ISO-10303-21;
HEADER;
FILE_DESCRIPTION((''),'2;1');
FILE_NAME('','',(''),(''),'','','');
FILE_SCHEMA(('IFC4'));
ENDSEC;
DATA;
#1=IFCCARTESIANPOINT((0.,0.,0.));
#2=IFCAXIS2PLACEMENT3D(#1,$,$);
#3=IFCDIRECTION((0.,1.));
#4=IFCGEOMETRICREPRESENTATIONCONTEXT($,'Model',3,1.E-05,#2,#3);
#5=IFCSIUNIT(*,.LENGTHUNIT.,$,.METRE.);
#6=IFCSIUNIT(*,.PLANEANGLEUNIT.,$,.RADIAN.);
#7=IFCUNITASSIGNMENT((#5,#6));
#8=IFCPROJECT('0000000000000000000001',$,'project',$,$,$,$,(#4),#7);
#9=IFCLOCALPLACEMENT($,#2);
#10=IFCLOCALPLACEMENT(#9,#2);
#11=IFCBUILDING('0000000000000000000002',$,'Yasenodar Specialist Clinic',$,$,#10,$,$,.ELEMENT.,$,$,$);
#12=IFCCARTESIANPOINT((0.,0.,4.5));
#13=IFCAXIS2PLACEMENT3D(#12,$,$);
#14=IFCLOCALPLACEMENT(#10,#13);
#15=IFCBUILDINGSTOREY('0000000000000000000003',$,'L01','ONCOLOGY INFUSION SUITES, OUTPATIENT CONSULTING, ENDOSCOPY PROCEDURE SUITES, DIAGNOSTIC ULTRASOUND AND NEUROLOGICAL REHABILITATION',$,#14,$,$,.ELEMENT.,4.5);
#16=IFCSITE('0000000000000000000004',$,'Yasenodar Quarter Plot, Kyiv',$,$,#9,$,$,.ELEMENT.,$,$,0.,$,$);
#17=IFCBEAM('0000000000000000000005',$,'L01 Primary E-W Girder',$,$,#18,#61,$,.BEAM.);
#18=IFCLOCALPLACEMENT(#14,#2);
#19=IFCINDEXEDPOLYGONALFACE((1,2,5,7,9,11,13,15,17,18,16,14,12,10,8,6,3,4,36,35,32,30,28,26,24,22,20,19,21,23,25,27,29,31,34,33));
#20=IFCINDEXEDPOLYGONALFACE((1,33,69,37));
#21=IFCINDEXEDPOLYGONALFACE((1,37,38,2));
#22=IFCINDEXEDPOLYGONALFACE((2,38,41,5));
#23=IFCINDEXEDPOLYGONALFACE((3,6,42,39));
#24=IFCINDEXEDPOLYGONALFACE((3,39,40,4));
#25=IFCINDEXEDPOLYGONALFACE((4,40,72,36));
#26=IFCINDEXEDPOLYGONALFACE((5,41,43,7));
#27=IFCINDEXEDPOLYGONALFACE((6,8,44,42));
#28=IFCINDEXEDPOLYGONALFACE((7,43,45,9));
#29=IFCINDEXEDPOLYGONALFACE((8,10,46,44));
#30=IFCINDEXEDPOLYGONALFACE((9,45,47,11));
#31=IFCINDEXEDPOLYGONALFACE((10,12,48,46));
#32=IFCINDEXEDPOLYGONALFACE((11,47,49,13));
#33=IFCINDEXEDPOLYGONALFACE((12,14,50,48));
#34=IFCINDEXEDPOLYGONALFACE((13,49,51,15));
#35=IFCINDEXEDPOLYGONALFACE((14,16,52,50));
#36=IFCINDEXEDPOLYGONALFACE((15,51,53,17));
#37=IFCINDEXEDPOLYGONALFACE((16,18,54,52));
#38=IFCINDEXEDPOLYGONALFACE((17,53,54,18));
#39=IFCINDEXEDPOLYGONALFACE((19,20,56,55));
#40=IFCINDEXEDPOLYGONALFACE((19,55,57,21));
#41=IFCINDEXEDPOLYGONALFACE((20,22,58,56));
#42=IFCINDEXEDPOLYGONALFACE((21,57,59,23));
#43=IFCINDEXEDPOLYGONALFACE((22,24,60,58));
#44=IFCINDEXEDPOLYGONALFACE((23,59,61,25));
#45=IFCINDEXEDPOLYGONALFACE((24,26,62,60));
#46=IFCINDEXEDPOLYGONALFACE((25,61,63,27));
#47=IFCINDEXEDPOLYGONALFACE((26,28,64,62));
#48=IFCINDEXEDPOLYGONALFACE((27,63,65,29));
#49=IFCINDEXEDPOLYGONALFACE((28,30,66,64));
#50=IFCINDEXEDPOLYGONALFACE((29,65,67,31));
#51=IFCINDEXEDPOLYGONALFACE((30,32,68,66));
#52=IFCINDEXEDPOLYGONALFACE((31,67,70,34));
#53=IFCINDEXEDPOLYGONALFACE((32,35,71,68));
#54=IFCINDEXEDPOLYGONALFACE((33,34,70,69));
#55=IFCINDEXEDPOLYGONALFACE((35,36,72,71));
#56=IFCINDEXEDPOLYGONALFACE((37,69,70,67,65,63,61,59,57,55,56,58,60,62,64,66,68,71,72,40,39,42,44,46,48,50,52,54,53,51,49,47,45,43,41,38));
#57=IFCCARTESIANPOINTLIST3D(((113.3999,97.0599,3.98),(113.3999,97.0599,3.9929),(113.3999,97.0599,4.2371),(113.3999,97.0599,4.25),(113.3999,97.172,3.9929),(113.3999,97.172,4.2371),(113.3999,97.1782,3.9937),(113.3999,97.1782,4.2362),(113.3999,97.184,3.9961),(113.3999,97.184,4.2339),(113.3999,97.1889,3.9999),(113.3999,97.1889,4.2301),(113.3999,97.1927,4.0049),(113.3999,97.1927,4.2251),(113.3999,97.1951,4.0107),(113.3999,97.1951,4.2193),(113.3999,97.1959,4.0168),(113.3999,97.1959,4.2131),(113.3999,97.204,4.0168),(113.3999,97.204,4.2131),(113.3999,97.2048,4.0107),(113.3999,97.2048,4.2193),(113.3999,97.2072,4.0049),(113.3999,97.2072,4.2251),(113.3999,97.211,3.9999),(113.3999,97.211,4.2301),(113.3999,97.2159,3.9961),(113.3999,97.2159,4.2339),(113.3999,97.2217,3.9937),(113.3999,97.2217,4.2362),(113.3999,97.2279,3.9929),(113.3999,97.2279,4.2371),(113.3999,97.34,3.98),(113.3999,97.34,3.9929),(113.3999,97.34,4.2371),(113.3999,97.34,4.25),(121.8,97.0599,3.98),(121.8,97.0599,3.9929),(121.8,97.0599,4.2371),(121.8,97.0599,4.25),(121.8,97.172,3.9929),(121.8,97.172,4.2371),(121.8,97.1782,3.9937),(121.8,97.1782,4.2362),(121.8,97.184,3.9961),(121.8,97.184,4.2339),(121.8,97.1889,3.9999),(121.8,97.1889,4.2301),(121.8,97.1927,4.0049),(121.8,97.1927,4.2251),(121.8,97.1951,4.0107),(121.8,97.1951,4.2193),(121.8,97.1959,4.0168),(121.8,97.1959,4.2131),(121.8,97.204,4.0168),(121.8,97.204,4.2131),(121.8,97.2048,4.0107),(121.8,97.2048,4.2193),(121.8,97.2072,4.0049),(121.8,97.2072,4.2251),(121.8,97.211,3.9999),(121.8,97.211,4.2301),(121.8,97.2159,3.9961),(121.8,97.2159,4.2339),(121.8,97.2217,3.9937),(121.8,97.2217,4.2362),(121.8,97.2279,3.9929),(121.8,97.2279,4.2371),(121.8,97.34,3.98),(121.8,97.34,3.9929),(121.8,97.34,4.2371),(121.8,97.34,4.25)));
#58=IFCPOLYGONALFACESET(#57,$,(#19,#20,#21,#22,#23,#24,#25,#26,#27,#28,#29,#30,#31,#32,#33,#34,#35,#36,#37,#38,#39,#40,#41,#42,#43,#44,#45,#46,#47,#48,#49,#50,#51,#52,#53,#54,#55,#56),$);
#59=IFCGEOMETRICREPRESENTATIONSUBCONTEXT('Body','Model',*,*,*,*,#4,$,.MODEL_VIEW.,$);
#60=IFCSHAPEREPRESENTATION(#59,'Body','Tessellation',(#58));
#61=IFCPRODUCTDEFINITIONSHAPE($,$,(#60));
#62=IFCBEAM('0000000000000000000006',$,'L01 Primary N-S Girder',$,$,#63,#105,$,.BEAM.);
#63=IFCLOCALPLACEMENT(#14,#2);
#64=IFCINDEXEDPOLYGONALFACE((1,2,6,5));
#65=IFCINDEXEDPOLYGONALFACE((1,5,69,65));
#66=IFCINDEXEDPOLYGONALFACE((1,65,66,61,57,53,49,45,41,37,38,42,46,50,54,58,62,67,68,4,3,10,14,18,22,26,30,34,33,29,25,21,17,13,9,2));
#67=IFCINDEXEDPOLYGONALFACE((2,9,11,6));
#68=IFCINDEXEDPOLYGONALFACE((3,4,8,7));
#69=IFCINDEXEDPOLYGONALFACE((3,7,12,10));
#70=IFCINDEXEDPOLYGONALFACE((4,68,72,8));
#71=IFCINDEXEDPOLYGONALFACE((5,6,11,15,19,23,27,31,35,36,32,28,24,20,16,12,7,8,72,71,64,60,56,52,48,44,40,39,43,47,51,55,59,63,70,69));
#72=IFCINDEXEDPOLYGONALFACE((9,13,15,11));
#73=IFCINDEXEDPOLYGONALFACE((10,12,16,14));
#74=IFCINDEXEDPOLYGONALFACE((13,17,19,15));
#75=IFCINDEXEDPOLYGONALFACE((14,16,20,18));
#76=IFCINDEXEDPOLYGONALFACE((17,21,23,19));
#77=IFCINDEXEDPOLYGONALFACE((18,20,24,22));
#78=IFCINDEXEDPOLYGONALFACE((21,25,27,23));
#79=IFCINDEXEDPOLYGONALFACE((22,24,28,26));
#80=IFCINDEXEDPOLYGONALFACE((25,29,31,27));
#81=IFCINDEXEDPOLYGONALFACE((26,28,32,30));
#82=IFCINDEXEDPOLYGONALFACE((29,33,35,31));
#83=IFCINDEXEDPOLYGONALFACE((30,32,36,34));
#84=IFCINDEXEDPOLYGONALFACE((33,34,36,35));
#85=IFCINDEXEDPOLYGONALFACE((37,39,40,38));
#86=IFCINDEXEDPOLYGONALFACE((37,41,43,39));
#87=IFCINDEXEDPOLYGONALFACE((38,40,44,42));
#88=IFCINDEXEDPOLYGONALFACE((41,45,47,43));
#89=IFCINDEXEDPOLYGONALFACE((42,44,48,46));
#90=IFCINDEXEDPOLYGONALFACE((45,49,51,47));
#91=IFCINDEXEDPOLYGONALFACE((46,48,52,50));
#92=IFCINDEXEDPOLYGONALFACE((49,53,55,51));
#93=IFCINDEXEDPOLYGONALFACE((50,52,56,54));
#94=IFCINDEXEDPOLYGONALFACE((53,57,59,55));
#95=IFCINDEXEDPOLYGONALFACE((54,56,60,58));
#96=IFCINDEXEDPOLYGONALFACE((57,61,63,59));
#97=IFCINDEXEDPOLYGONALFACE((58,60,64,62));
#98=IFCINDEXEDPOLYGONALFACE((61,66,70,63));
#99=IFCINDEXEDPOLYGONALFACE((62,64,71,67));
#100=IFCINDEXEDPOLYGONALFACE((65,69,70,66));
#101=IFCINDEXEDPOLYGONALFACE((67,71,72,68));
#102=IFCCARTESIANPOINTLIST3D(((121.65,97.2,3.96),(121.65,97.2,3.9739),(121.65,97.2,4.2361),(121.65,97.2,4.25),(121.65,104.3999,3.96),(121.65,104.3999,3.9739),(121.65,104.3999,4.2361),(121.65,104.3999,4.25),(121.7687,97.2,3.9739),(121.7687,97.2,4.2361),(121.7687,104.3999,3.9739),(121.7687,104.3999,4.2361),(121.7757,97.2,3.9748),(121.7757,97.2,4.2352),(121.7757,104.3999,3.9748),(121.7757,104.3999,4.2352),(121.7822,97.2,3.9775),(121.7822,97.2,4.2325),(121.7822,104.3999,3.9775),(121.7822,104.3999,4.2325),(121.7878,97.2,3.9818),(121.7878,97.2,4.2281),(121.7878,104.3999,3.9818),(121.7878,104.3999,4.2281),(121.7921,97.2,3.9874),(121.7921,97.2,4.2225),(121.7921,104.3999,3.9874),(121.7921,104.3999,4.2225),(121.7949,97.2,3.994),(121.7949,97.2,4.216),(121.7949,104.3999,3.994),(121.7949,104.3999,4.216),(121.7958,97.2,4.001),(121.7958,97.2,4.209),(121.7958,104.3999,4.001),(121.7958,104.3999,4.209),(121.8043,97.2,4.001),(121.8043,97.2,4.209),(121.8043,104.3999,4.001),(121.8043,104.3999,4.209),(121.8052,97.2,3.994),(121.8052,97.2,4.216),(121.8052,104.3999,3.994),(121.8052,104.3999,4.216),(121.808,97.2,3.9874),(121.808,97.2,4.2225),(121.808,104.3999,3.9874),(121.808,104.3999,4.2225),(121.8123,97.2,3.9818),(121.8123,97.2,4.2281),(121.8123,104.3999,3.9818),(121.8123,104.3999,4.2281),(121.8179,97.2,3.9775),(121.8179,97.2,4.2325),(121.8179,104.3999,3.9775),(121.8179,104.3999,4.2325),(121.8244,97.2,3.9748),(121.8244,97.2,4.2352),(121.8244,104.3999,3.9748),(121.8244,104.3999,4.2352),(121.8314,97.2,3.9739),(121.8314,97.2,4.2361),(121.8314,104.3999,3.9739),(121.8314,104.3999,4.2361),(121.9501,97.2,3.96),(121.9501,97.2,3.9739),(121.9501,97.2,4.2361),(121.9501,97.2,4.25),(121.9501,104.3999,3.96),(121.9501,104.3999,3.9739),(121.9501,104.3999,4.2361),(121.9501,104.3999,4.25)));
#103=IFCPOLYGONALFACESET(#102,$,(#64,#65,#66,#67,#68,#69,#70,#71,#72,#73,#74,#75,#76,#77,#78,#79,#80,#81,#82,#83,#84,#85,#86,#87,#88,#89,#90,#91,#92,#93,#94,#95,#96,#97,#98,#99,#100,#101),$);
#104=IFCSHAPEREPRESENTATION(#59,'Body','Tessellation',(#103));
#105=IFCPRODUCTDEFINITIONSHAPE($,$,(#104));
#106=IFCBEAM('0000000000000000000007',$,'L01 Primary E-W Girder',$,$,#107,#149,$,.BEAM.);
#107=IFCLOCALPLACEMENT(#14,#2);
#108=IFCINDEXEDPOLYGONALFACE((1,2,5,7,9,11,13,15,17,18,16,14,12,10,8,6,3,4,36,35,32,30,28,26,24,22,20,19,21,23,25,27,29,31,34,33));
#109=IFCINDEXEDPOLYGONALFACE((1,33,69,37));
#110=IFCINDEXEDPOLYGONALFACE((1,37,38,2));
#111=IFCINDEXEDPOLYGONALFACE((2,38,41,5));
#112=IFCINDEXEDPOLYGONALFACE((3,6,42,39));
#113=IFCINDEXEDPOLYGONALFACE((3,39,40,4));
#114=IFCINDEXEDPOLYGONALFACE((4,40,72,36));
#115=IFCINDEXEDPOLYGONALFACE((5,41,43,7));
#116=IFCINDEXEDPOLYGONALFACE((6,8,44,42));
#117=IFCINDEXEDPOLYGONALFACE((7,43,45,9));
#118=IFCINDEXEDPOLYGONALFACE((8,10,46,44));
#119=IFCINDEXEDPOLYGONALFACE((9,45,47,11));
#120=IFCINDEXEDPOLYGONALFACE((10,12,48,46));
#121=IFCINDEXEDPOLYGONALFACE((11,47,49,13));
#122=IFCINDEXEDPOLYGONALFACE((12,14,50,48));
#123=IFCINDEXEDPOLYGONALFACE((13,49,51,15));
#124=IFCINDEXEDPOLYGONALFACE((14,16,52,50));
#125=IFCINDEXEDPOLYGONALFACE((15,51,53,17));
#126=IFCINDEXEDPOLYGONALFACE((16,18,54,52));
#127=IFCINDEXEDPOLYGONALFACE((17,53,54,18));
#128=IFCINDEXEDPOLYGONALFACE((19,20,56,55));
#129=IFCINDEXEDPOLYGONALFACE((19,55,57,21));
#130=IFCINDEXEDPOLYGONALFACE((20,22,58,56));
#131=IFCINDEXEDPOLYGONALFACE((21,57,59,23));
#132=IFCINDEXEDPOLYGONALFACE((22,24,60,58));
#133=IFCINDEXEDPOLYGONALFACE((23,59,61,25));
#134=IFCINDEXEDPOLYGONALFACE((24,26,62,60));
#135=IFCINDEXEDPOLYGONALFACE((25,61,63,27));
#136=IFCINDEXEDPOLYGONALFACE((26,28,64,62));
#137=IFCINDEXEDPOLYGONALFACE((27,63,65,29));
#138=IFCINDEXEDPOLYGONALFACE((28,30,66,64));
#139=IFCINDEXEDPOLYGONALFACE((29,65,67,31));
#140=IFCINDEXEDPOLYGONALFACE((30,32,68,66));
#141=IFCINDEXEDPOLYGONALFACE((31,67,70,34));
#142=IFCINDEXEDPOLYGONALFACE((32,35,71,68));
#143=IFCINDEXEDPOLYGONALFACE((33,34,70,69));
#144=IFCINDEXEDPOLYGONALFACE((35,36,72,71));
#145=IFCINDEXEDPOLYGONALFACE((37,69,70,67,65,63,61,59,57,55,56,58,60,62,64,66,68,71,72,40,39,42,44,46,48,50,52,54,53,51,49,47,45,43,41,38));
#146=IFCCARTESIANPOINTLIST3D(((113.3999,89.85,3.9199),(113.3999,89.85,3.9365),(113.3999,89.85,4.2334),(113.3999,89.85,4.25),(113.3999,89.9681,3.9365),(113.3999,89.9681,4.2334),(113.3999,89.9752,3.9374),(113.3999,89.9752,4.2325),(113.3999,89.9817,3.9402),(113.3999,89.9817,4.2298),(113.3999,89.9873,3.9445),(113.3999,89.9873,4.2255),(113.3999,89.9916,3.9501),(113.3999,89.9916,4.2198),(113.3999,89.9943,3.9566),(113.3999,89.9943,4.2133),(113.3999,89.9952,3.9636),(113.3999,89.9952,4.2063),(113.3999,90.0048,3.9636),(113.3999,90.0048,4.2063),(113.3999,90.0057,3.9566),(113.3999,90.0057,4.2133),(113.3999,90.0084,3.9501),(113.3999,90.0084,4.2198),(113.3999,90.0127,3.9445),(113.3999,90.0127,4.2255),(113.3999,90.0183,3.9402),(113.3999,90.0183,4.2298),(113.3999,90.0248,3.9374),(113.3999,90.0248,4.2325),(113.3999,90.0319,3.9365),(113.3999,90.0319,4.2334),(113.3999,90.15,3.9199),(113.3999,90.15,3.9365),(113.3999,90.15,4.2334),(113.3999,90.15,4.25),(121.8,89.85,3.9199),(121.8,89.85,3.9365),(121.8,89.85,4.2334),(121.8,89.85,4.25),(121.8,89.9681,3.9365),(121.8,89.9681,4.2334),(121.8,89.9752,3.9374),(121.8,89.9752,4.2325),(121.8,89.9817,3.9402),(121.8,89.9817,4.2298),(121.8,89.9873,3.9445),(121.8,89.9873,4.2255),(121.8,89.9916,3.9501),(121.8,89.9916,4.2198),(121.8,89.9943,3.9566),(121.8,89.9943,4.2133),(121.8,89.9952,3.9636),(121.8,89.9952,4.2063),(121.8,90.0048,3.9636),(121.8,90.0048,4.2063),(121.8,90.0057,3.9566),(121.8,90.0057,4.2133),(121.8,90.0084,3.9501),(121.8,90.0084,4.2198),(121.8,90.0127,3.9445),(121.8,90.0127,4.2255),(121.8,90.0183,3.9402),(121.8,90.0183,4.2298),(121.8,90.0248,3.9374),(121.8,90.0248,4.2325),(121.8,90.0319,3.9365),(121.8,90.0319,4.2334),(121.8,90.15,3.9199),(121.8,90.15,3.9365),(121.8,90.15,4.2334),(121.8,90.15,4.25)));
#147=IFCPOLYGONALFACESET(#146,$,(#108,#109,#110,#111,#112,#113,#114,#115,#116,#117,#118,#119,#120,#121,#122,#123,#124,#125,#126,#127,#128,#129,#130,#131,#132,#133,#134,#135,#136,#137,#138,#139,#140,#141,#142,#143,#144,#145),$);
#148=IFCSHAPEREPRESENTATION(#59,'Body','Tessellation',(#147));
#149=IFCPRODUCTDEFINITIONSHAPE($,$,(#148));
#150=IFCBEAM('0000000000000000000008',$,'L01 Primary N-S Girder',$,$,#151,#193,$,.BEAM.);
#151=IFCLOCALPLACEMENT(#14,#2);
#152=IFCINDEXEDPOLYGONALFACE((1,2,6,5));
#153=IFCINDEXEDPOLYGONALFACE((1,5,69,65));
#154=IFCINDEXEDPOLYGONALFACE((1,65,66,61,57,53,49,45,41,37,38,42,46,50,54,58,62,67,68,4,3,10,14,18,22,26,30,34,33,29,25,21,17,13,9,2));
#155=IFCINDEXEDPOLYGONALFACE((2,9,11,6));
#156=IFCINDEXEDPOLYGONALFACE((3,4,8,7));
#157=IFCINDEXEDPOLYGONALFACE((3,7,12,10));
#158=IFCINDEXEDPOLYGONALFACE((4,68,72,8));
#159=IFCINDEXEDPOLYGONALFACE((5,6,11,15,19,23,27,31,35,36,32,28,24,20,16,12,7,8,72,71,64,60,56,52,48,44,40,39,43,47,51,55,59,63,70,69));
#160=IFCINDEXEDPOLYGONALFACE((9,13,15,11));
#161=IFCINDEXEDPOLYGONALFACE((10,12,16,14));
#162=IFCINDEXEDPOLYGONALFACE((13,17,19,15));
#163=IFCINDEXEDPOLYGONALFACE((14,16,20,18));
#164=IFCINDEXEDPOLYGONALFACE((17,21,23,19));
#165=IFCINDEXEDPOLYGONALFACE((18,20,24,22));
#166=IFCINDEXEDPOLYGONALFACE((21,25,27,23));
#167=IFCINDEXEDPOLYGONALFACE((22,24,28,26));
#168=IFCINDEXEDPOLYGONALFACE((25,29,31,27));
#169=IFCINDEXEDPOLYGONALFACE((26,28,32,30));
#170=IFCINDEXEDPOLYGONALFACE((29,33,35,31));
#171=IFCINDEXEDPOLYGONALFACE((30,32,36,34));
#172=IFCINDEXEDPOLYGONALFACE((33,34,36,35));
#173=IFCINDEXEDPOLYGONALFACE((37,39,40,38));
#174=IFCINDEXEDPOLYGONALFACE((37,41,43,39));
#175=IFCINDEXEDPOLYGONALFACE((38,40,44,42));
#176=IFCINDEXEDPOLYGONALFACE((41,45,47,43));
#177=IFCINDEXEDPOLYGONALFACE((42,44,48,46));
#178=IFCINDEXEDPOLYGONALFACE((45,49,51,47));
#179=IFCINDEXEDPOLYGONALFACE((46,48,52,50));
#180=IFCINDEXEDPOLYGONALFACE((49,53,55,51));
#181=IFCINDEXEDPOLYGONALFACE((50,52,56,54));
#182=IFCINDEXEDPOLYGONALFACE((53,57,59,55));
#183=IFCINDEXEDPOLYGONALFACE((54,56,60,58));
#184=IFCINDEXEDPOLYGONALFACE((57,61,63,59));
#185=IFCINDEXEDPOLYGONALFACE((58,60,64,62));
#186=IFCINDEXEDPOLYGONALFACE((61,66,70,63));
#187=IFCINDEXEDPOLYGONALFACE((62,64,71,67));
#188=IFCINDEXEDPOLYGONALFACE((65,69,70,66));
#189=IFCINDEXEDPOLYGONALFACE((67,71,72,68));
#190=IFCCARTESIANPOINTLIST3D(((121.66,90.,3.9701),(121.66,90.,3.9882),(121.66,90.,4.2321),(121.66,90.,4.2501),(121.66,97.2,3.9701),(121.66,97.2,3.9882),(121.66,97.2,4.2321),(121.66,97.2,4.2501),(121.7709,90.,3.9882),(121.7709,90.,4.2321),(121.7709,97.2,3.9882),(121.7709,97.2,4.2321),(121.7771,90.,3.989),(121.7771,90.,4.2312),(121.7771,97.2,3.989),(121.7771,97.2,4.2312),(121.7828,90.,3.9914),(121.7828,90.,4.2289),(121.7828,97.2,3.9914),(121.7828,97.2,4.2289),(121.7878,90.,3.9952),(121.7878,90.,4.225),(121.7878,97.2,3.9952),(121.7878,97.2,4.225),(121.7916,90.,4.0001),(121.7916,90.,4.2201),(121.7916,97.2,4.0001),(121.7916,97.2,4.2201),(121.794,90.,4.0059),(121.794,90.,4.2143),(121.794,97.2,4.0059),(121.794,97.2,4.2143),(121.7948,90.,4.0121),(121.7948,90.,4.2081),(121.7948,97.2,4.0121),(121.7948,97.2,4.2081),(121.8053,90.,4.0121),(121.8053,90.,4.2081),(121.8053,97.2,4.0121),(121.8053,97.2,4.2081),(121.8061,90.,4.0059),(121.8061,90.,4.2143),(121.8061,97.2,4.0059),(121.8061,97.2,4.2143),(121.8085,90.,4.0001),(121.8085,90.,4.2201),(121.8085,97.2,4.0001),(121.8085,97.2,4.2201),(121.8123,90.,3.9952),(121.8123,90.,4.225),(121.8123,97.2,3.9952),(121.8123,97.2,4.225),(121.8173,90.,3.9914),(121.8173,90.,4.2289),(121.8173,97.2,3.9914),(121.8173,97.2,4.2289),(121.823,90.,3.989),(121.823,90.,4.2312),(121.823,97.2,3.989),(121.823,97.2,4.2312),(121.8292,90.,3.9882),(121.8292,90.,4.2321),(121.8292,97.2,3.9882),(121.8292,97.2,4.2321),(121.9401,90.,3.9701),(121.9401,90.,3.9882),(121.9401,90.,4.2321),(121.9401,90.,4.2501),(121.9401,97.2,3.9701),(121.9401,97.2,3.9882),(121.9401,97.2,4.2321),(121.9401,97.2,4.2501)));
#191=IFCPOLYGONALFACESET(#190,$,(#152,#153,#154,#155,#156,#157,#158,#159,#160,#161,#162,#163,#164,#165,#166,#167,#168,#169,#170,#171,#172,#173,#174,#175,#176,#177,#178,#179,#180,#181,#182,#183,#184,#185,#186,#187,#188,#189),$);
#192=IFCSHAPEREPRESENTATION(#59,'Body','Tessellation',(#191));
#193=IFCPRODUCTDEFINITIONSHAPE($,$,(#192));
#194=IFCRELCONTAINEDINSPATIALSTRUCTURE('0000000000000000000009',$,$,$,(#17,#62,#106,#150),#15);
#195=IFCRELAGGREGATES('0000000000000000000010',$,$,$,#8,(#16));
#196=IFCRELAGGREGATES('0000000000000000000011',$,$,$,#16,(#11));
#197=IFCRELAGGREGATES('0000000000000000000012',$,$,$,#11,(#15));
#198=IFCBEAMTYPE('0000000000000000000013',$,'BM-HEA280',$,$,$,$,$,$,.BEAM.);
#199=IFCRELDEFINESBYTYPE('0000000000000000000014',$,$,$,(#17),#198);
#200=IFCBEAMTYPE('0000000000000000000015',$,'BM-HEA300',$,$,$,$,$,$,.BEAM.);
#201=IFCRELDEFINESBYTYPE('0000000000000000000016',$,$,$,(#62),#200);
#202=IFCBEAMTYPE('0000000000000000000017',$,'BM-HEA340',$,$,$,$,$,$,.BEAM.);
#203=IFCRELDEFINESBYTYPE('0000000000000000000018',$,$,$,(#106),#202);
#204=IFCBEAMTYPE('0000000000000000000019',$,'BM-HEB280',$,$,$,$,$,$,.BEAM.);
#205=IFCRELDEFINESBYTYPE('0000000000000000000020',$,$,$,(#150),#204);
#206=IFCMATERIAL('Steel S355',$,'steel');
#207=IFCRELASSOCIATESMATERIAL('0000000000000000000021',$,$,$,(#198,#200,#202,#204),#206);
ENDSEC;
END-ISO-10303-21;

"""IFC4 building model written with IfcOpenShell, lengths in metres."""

from ifc_helpers import new_model, si_unit, direction, frame, origin, origin_2d, place, context, subcontext, project, spatial, i_section, extrude, material, material_profile, profile_set, type_object, element, save


model = new_model("IFC4")

# Units and contexts
model_context = context("Model", 3, precision=1e-05, world=origin(), true_north=direction((0.0, 1.0)))
body_context = subcontext(model_context, "Body", "Model", "MODEL_VIEW")
ifc_project = project(units=[si_unit("LENGTHUNIT", "METRE"), si_unit("PLANEANGLEUNIT", "RADIAN")], contexts=[model_context])

# Site, building, storey
site_placement = place(None, origin())
site = spatial("IfcSite", under=ifc_project, at=site_placement, Name="Yasenodar Quarter Plot, Kyiv", CompositionType="ELEMENT", RefElevation=0.0)
building_placement = place(site_placement, origin())
building = spatial("IfcBuilding", under=site, at=building_placement, Name="Yasenodar Specialist Clinic", CompositionType="ELEMENT")
storey_placement = place(building_placement, frame((0.0, 0.0, 4.5)))
storey = spatial("IfcBuildingStorey", under=building, at=storey_placement, Name="L01", Description="ONCOLOGY INFUSION SUITES, OUTPATIENT CONSULTING, ENDOSCOPY PROCEDURE SUITES, DIAGNOSTIC ULTRASOUND AND NEUROLOGICAL REHABILITATION", CompositionType="ELEMENT", Elevation=4.5)

# Shared definitions
ifc_material_1 = material(Name="Steel S355", Category="steel")

# Beams
ifc_material_profile_1 = material_profile(ifc_material_1, i_section(OverallWidth=0.28, OverallDepth=0.27, WebThickness=0.0081, FlangeThickness=0.0129, FilletRadius=0.0239, at=origin_2d()), Name="HEA 280")
ifc_profile_set_1 = profile_set([ifc_material_profile_1], Name="Steel S355")
beam_type_1 = type_object("IfcBeamType", Name="BM-HEA280", PredefinedType="BEAM", material=ifc_profile_set_1)
beam_1_placement = place(storey_placement, frame((113.3999, 97.2, 4.115), z_axis=(1.0, 0.0, 0.0), x_axis=(0.0, 1.0, 0.0)))
element("IfcBeam", 1, at=beam_1_placement, inside=storey, type_object=beam_type_1, Name="L01 Primary E-W Girder", PredefinedType="BEAM", context=body_context, shape_type="SweptSolid", body=[
    extrude(i_section(OverallWidth=0.28, OverallDepth=0.27, WebThickness=0.0081, FlangeThickness=0.0129, FilletRadius=0.0239, at=origin_2d()), origin(), (0.0, 0.0, 1.0), 8.4001),
])
ifc_material_profile_2 = material_profile(ifc_material_1, i_section(OverallWidth=0.3, OverallDepth=0.29, WebThickness=0.0085, FlangeThickness=0.0139, FilletRadius=0.0271, at=origin_2d()), Name="HEA 300")
ifc_profile_set_2 = profile_set([ifc_material_profile_2], Name="Steel S355")
beam_type_2 = type_object("IfcBeamType", Name="BM-HEA300", PredefinedType="BEAM", material=ifc_profile_set_2)
beam_2_placement = place(storey_placement, frame((121.8, 97.2, 4.105), z_axis=(0.0, 1.0, 0.0), x_axis=(-1.0, 0.0, 0.0)))
element("IfcBeam", 2, at=beam_2_placement, inside=storey, type_object=beam_type_2, Name="L01 Primary N-S Girder", PredefinedType="BEAM", context=body_context, shape_type="SweptSolid", body=[
    extrude(i_section(OverallWidth=0.3, OverallDepth=0.29, WebThickness=0.0085, FlangeThickness=0.0139, FilletRadius=0.0271, at=origin_2d()), origin(), (0.0, 0.0, 1.0), 7.2),
])
ifc_material_profile_3 = material_profile(ifc_material_1, i_section(OverallWidth=0.3, OverallDepth=0.3301, WebThickness=0.0095, FlangeThickness=0.0166, FilletRadius=0.0271, at=origin_2d()), Name="HEA 340")
ifc_profile_set_3 = profile_set([ifc_material_profile_3], Name="Steel S355")
beam_type_3 = type_object("IfcBeamType", Name="BM-HEA340", PredefinedType="BEAM", material=ifc_profile_set_3)
beam_3_placement = place(storey_placement, frame((113.3999, 90.0, 4.085), z_axis=(1.0, 0.0, 0.0), x_axis=(0.0, 1.0, 0.0)))
element("IfcBeam", 3, at=beam_3_placement, inside=storey, type_object=beam_type_3, Name="L01 Primary E-W Girder", PredefinedType="BEAM", context=body_context, shape_type="SweptSolid", body=[
    extrude(i_section(OverallWidth=0.3, OverallDepth=0.3301, WebThickness=0.0095, FlangeThickness=0.0166, FilletRadius=0.0271, at=origin_2d()), origin(), (0.0, 0.0, 1.0), 8.4001),
])
ifc_material_profile_4 = material_profile(ifc_material_1, i_section(OverallWidth=0.28, OverallDepth=0.28, WebThickness=0.0105, FlangeThickness=0.0181, FilletRadius=0.0239, at=origin_2d()), Name="HEB 280")
ifc_profile_set_4 = profile_set([ifc_material_profile_4], Name="Steel S355")
beam_type_4 = type_object("IfcBeamType", Name="BM-HEB280", PredefinedType="BEAM", material=ifc_profile_set_4)
beam_4_placement = place(storey_placement, frame((121.8, 90.0, 4.1101), z_axis=(0.0, 1.0, 0.0), x_axis=(-1.0, 0.0, 0.0)))
element("IfcBeam", 4, at=beam_4_placement, inside=storey, type_object=beam_type_4, Name="L01 Primary N-S Girder", PredefinedType="BEAM", context=body_context, shape_type="SweptSolid", body=[
    extrude(i_section(OverallWidth=0.28, OverallDepth=0.28, WebThickness=0.0105, FlangeThickness=0.0181, FilletRadius=0.0239, at=origin_2d()), origin(), (0.0, 0.0, 1.0), 7.2),
])

save(model, "model.ifc")
